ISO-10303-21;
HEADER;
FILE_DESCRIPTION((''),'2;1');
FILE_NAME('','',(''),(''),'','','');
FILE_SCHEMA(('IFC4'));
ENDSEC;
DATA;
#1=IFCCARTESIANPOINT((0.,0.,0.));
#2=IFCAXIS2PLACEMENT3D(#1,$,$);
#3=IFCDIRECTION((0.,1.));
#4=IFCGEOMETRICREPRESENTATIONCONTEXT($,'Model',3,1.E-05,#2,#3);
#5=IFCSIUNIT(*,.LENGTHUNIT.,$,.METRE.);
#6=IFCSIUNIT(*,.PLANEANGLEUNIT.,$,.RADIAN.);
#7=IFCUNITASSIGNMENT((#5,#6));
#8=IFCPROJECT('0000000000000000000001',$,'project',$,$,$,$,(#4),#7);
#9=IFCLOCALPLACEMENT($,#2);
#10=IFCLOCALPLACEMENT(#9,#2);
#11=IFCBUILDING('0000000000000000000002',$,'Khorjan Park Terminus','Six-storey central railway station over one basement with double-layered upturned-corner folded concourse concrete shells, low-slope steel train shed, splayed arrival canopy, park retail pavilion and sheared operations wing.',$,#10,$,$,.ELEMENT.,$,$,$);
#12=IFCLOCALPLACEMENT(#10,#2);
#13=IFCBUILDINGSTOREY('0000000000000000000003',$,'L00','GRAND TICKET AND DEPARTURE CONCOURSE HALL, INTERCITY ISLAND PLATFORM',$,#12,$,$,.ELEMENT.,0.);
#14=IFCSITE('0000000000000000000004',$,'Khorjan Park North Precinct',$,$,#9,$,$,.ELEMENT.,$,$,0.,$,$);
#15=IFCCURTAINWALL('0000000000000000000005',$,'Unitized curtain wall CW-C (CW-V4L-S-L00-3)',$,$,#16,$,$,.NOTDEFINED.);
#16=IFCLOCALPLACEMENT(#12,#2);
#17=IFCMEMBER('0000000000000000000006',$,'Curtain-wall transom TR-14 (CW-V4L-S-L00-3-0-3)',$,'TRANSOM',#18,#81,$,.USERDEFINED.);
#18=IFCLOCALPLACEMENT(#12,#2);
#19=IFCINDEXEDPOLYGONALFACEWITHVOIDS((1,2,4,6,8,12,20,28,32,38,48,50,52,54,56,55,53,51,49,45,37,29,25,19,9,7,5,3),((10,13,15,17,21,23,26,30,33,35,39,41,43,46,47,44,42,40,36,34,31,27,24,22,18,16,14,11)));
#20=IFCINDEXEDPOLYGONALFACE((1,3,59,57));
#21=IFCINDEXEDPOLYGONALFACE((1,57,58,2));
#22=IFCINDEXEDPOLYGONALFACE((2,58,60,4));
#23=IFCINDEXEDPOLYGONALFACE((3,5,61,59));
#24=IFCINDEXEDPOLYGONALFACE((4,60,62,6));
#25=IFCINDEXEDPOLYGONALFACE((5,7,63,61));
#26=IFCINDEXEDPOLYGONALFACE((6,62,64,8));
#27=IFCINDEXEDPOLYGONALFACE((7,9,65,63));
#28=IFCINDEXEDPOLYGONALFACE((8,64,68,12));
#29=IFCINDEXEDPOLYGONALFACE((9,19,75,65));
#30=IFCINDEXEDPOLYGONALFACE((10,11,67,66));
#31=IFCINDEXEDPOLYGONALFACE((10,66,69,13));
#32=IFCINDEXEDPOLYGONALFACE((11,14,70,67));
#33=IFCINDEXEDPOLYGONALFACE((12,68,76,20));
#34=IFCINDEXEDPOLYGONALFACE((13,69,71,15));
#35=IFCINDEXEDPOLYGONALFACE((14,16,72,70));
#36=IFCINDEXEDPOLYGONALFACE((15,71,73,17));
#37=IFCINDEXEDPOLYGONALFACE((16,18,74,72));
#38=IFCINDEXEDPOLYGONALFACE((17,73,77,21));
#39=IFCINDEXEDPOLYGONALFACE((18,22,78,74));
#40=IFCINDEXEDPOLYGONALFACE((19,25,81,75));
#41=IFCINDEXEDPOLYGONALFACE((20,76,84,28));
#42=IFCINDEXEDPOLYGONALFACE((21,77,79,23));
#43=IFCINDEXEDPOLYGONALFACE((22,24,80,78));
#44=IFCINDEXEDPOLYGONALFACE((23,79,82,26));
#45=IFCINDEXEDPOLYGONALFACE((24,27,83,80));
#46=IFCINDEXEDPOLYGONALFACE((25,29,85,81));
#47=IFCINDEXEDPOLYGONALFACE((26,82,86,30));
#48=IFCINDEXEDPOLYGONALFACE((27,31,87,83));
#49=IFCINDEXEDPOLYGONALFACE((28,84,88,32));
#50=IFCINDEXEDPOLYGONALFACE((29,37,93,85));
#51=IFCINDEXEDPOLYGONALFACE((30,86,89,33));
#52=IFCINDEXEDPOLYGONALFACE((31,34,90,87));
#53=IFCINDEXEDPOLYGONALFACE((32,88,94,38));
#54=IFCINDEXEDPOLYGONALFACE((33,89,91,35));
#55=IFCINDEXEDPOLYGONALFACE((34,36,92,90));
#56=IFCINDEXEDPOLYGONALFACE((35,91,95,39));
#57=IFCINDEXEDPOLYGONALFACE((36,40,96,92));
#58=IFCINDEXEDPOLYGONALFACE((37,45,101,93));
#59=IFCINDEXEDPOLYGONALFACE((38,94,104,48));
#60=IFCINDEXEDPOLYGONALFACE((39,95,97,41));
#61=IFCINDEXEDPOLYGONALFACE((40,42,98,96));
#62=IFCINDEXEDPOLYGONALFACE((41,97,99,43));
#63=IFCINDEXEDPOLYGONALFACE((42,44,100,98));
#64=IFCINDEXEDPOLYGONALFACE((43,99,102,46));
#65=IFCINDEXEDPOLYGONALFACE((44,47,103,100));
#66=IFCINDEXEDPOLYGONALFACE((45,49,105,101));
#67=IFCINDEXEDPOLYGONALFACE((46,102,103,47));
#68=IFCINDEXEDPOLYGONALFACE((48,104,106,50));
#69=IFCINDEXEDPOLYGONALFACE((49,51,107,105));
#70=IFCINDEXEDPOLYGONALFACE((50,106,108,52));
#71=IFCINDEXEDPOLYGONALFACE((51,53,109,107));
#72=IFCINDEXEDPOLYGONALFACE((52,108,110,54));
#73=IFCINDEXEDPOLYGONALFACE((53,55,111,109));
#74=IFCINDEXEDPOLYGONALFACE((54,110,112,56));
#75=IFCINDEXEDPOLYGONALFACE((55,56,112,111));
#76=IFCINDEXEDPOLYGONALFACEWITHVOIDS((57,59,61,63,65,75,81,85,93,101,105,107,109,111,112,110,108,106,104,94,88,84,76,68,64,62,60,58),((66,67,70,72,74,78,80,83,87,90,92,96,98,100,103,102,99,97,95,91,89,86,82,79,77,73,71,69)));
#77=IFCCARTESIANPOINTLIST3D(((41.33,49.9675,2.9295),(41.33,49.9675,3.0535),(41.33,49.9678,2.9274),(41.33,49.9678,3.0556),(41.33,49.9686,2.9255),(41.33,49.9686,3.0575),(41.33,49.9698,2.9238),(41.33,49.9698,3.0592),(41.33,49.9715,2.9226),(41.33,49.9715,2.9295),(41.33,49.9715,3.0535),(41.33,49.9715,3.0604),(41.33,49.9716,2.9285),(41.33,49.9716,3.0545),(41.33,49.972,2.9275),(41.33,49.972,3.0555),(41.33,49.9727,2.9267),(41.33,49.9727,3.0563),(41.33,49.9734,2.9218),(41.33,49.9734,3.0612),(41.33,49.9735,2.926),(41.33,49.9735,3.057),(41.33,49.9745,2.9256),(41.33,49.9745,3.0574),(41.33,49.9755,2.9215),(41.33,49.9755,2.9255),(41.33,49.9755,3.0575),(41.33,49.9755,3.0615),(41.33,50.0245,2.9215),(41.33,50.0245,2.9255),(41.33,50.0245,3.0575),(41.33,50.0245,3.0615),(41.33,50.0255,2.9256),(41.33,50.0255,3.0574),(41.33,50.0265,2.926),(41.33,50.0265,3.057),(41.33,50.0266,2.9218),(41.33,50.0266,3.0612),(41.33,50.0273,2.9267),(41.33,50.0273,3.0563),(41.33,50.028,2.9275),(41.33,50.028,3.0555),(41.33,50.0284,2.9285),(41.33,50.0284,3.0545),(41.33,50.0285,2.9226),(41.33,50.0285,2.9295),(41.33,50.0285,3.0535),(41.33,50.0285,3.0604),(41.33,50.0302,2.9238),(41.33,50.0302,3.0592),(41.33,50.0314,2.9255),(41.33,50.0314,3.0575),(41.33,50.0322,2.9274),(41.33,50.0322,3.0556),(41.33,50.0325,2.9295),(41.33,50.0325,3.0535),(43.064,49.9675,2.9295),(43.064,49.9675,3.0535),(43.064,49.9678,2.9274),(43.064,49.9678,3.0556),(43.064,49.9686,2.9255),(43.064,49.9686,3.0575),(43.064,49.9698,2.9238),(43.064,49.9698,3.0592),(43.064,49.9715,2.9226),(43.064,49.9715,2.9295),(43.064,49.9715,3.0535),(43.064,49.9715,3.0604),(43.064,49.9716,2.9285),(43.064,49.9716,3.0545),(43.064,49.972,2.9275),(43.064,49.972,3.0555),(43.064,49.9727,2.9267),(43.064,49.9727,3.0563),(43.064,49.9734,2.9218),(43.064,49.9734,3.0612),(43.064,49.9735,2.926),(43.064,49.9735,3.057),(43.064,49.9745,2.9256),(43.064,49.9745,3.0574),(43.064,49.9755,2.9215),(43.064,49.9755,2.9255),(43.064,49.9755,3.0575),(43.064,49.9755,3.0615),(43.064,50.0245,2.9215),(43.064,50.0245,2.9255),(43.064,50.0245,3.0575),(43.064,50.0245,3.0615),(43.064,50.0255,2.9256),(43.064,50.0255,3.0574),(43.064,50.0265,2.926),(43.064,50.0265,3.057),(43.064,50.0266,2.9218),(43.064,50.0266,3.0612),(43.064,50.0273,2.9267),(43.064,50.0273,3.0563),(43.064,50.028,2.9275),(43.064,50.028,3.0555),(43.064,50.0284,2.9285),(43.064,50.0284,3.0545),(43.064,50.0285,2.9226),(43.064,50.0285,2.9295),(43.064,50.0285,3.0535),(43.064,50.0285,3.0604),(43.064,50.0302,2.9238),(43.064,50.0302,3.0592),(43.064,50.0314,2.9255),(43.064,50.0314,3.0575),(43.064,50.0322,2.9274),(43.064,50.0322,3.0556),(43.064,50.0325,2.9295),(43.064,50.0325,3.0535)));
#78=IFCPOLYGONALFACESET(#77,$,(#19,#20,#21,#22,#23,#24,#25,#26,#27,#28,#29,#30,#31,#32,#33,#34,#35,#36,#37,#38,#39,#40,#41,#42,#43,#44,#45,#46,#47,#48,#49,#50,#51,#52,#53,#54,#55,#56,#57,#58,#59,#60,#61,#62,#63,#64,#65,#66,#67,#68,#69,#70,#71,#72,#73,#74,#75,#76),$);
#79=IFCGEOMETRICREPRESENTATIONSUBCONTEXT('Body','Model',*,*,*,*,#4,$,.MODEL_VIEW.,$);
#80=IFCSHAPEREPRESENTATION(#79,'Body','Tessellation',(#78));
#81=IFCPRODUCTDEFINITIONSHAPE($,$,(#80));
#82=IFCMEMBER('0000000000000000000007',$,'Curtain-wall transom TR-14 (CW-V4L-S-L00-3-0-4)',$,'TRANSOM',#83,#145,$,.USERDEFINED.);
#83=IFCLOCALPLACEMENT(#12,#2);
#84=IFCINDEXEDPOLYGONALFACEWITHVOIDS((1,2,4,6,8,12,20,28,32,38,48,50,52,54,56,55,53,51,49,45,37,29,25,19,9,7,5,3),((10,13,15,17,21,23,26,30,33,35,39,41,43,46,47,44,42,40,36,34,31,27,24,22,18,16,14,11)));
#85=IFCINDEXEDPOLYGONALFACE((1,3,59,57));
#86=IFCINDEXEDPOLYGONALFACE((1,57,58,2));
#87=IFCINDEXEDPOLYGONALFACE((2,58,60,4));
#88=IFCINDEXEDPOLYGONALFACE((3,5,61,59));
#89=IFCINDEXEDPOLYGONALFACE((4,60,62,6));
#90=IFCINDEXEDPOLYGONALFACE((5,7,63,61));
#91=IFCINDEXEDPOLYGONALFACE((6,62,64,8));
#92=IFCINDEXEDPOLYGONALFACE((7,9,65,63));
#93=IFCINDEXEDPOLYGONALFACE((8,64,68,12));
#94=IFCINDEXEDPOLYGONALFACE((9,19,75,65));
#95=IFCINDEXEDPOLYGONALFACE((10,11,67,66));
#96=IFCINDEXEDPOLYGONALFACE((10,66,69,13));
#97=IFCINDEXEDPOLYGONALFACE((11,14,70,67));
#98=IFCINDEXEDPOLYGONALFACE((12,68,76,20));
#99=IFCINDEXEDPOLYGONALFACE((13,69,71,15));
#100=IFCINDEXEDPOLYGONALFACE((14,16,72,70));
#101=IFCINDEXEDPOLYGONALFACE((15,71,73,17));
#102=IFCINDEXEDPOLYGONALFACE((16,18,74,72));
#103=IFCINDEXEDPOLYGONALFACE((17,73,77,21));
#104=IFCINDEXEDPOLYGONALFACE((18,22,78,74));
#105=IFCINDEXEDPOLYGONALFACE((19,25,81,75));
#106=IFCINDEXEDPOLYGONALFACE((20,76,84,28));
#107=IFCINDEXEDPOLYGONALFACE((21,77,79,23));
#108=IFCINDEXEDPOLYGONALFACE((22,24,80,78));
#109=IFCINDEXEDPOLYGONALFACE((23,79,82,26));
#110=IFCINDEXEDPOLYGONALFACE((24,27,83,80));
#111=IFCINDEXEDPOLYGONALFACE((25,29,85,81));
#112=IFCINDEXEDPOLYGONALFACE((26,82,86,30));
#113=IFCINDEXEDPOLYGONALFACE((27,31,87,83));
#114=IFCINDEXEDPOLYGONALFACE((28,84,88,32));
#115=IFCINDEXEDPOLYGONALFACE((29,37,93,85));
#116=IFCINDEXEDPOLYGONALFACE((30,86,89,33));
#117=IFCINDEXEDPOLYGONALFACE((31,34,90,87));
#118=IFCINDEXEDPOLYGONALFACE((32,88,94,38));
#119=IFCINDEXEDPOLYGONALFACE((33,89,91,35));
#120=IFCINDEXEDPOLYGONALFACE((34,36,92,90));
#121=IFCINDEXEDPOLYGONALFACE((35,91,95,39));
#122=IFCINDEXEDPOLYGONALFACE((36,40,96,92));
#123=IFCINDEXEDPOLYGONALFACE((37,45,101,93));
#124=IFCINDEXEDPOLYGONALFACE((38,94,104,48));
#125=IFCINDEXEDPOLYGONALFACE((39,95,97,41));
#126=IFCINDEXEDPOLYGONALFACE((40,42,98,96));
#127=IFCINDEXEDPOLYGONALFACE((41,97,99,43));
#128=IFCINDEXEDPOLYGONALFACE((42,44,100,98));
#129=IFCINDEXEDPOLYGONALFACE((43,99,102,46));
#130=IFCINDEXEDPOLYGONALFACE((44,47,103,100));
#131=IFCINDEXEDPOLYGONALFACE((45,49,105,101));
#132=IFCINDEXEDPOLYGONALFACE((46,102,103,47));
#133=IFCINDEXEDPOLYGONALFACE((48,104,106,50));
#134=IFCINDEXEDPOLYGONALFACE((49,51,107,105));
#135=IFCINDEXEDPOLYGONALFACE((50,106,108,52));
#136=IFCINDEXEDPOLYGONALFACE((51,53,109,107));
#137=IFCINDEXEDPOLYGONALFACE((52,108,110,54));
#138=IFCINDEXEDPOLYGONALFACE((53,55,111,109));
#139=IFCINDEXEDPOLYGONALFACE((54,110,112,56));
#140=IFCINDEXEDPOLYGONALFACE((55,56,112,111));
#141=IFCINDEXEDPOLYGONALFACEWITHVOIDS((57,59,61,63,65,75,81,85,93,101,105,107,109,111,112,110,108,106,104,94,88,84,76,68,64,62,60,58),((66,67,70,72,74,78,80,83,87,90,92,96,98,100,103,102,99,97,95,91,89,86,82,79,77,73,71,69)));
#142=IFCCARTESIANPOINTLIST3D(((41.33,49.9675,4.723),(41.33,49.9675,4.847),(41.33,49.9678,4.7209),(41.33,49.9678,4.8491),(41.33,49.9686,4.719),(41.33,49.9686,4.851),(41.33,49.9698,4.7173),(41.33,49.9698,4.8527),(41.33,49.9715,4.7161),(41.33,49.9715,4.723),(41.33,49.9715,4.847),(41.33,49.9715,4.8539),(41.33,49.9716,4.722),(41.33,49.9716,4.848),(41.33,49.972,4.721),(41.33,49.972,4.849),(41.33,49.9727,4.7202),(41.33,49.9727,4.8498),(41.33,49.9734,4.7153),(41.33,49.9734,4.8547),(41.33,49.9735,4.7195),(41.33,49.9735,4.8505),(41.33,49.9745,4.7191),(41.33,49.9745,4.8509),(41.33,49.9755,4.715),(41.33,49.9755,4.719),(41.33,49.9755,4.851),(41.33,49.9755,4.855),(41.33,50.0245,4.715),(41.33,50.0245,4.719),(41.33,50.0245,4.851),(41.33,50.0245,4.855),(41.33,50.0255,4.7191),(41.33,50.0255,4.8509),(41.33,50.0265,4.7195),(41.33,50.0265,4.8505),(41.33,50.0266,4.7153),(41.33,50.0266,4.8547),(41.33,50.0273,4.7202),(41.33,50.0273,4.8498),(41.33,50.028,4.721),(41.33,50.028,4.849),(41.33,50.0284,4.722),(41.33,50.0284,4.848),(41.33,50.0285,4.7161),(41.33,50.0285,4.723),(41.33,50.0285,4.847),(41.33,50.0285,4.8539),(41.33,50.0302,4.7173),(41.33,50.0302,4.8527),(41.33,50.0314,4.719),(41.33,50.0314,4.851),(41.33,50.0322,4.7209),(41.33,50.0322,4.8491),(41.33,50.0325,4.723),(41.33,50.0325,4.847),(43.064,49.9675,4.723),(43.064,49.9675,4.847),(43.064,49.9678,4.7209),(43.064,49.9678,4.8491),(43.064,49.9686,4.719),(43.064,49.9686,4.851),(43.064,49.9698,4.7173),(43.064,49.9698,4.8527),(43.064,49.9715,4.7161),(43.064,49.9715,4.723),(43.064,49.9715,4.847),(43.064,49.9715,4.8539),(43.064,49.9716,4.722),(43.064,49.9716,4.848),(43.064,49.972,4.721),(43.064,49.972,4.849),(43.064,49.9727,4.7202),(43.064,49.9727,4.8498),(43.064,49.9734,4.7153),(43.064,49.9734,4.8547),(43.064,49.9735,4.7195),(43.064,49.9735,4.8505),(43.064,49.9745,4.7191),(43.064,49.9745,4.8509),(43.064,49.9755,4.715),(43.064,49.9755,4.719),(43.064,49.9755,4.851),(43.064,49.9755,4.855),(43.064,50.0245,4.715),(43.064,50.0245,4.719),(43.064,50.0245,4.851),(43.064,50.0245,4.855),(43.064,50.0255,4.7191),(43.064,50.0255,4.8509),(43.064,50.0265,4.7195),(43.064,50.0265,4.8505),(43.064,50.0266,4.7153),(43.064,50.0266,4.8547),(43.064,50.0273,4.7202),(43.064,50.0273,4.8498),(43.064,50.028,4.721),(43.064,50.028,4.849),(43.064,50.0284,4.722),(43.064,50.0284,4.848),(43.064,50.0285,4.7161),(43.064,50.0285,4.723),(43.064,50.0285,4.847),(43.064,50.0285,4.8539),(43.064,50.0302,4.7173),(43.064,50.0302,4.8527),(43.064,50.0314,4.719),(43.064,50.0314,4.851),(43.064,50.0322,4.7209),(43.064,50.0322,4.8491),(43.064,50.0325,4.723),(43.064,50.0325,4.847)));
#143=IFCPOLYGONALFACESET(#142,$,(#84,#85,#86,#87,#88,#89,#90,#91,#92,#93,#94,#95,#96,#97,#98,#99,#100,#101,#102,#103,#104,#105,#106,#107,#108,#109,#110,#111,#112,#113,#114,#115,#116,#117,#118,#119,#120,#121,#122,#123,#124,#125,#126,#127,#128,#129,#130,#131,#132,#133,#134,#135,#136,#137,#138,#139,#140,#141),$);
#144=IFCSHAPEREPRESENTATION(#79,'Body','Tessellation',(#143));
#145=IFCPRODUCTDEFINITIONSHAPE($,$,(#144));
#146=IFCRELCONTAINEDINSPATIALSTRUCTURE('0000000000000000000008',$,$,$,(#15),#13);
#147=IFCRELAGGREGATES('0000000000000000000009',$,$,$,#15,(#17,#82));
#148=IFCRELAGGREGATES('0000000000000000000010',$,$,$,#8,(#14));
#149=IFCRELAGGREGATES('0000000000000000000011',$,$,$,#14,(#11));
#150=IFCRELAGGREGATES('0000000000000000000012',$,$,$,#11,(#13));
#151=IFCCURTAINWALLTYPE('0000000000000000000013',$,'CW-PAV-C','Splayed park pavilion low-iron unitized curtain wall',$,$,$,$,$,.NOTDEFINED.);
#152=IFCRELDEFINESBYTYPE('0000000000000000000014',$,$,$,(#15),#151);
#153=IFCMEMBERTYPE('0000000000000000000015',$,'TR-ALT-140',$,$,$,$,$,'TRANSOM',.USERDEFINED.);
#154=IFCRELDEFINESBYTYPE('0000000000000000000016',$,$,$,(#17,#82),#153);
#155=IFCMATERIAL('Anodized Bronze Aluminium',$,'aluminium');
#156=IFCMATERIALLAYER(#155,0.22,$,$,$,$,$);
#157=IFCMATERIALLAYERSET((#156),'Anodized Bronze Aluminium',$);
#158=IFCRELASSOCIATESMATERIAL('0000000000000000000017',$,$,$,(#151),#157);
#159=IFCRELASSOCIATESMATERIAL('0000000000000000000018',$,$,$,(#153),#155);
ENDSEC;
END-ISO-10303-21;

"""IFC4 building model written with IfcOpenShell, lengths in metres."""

from ifc_helpers import new_model, si_unit, direction, frame, origin, origin_2d, place, context, subcontext, project, spatial, hollow_rectangle, extrude, material, layer, layer_set, material_profile, profile_set, type_object, element, aggregate, save


model = new_model("IFC4")

# Units and contexts
model_context = context("Model", 3, precision=1e-05, world=origin(), true_north=direction((0.0, 1.0)))
body_context = subcontext(model_context, "Body", "Model", "MODEL_VIEW")
ifc_project = project(units=[si_unit("LENGTHUNIT", "METRE"), si_unit("PLANEANGLEUNIT", "RADIAN")], contexts=[model_context])

# Site, building, storey
site_placement = place(None, origin())
site = spatial("IfcSite", under=ifc_project, at=site_placement, Name="Khorjan Park North Precinct", CompositionType="ELEMENT", RefElevation=0.0)
building_placement = place(site_placement, origin())
building = spatial("IfcBuilding", under=site, at=building_placement, Name="Khorjan Park Terminus", Description="Six-storey central railway station over one basement with double-layered upturned-corner folded concourse concrete shells, low-slope steel train shed, splayed arrival canopy, park retail pavilion and sheared operations wing.", CompositionType="ELEMENT")
storey_placement = place(building_placement, origin())
storey = spatial("IfcBuildingStorey", under=building, at=storey_placement, Name="L00", Description="GRAND TICKET AND DEPARTURE CONCOURSE HALL, INTERCITY ISLAND PLATFORM", CompositionType="ELEMENT", Elevation=0.0)

# Shared definitions
ifc_material_1 = material(Name="Anodized Bronze Aluminium", Category="aluminium")
ifc_layer_1 = layer(ifc_material_1, 0.22)
ifc_layer_set_1 = layer_set([ifc_layer_1], Name="Anodized Bronze Aluminium")
curtain_wall_type = type_object("IfcCurtainWallType", Name="CW-PAV-C", Description="Splayed park pavilion low-iron unitized curtain wall", PredefinedType="NOTDEFINED", material=ifc_layer_set_1)

# Curtain wall, members
curtain_wall_1_placement = place(storey_placement, origin())
curtain_wall_1 = element("IfcCurtainWall", 1, at=curtain_wall_1_placement, inside=storey, type_object=curtain_wall_type, Name="Unitized curtain wall CW-C (CW-V4L-S-L00-3)", PredefinedType="NOTDEFINED")
ifc_material_profile_1 = material_profile(ifc_material_1, hollow_rectangle(XDim=0.065, YDim=0.14, WallThickness=0.004, InnerFilletRadius=0.004, OuterFilletRadius=0.008, at=origin_2d()), Name="ALT 65x140x4")
ifc_profile_set_1 = profile_set([ifc_material_profile_1], Name="Anodized Bronze Aluminium")
member_type_1 = type_object("IfcMemberType", Name="TR-ALT-140", ElementType="TRANSOM", PredefinedType="USERDEFINED", material=ifc_profile_set_1)
member_1_placement = place(storey_placement, frame((41.33, 50.0, 2.9915), z_axis=(1.0, 0.0, 0.0), x_axis=(0.0, 1.0, 0.0)))
member_1 = element("IfcMember", 2, at=member_1_placement, type_object=member_type_1, Name="Curtain-wall transom TR-14 (CW-V4L-S-L00-3-0-3)", ObjectType="TRANSOM", PredefinedType="USERDEFINED", context=body_context, shape_type="SweptSolid", body=[
    extrude(hollow_rectangle(XDim=0.065, YDim=0.14, WallThickness=0.004, InnerFilletRadius=0.004, OuterFilletRadius=0.008, at=origin_2d()), origin(), (0.0, 0.0, 1.0), 1.734),
])
member_2_placement = place(storey_placement, frame((41.33, 50.0, 4.785), z_axis=(1.0, 0.0, 0.0), x_axis=(0.0, 1.0, 0.0)))
member_2 = element("IfcMember", 3, at=member_2_placement, type_object=member_type_1, Name="Curtain-wall transom TR-14 (CW-V4L-S-L00-3-0-4)", ObjectType="TRANSOM", PredefinedType="USERDEFINED", context=body_context, shape_type="SweptSolid", body=[
    extrude(hollow_rectangle(XDim=0.065, YDim=0.14, WallThickness=0.004, InnerFilletRadius=0.004, OuterFilletRadius=0.008, at=origin_2d()), origin(), (0.0, 0.0, 1.0), 1.734),
])
aggregate(curtain_wall_1, [member_1, member_2])

save(model, "model.ifc")
